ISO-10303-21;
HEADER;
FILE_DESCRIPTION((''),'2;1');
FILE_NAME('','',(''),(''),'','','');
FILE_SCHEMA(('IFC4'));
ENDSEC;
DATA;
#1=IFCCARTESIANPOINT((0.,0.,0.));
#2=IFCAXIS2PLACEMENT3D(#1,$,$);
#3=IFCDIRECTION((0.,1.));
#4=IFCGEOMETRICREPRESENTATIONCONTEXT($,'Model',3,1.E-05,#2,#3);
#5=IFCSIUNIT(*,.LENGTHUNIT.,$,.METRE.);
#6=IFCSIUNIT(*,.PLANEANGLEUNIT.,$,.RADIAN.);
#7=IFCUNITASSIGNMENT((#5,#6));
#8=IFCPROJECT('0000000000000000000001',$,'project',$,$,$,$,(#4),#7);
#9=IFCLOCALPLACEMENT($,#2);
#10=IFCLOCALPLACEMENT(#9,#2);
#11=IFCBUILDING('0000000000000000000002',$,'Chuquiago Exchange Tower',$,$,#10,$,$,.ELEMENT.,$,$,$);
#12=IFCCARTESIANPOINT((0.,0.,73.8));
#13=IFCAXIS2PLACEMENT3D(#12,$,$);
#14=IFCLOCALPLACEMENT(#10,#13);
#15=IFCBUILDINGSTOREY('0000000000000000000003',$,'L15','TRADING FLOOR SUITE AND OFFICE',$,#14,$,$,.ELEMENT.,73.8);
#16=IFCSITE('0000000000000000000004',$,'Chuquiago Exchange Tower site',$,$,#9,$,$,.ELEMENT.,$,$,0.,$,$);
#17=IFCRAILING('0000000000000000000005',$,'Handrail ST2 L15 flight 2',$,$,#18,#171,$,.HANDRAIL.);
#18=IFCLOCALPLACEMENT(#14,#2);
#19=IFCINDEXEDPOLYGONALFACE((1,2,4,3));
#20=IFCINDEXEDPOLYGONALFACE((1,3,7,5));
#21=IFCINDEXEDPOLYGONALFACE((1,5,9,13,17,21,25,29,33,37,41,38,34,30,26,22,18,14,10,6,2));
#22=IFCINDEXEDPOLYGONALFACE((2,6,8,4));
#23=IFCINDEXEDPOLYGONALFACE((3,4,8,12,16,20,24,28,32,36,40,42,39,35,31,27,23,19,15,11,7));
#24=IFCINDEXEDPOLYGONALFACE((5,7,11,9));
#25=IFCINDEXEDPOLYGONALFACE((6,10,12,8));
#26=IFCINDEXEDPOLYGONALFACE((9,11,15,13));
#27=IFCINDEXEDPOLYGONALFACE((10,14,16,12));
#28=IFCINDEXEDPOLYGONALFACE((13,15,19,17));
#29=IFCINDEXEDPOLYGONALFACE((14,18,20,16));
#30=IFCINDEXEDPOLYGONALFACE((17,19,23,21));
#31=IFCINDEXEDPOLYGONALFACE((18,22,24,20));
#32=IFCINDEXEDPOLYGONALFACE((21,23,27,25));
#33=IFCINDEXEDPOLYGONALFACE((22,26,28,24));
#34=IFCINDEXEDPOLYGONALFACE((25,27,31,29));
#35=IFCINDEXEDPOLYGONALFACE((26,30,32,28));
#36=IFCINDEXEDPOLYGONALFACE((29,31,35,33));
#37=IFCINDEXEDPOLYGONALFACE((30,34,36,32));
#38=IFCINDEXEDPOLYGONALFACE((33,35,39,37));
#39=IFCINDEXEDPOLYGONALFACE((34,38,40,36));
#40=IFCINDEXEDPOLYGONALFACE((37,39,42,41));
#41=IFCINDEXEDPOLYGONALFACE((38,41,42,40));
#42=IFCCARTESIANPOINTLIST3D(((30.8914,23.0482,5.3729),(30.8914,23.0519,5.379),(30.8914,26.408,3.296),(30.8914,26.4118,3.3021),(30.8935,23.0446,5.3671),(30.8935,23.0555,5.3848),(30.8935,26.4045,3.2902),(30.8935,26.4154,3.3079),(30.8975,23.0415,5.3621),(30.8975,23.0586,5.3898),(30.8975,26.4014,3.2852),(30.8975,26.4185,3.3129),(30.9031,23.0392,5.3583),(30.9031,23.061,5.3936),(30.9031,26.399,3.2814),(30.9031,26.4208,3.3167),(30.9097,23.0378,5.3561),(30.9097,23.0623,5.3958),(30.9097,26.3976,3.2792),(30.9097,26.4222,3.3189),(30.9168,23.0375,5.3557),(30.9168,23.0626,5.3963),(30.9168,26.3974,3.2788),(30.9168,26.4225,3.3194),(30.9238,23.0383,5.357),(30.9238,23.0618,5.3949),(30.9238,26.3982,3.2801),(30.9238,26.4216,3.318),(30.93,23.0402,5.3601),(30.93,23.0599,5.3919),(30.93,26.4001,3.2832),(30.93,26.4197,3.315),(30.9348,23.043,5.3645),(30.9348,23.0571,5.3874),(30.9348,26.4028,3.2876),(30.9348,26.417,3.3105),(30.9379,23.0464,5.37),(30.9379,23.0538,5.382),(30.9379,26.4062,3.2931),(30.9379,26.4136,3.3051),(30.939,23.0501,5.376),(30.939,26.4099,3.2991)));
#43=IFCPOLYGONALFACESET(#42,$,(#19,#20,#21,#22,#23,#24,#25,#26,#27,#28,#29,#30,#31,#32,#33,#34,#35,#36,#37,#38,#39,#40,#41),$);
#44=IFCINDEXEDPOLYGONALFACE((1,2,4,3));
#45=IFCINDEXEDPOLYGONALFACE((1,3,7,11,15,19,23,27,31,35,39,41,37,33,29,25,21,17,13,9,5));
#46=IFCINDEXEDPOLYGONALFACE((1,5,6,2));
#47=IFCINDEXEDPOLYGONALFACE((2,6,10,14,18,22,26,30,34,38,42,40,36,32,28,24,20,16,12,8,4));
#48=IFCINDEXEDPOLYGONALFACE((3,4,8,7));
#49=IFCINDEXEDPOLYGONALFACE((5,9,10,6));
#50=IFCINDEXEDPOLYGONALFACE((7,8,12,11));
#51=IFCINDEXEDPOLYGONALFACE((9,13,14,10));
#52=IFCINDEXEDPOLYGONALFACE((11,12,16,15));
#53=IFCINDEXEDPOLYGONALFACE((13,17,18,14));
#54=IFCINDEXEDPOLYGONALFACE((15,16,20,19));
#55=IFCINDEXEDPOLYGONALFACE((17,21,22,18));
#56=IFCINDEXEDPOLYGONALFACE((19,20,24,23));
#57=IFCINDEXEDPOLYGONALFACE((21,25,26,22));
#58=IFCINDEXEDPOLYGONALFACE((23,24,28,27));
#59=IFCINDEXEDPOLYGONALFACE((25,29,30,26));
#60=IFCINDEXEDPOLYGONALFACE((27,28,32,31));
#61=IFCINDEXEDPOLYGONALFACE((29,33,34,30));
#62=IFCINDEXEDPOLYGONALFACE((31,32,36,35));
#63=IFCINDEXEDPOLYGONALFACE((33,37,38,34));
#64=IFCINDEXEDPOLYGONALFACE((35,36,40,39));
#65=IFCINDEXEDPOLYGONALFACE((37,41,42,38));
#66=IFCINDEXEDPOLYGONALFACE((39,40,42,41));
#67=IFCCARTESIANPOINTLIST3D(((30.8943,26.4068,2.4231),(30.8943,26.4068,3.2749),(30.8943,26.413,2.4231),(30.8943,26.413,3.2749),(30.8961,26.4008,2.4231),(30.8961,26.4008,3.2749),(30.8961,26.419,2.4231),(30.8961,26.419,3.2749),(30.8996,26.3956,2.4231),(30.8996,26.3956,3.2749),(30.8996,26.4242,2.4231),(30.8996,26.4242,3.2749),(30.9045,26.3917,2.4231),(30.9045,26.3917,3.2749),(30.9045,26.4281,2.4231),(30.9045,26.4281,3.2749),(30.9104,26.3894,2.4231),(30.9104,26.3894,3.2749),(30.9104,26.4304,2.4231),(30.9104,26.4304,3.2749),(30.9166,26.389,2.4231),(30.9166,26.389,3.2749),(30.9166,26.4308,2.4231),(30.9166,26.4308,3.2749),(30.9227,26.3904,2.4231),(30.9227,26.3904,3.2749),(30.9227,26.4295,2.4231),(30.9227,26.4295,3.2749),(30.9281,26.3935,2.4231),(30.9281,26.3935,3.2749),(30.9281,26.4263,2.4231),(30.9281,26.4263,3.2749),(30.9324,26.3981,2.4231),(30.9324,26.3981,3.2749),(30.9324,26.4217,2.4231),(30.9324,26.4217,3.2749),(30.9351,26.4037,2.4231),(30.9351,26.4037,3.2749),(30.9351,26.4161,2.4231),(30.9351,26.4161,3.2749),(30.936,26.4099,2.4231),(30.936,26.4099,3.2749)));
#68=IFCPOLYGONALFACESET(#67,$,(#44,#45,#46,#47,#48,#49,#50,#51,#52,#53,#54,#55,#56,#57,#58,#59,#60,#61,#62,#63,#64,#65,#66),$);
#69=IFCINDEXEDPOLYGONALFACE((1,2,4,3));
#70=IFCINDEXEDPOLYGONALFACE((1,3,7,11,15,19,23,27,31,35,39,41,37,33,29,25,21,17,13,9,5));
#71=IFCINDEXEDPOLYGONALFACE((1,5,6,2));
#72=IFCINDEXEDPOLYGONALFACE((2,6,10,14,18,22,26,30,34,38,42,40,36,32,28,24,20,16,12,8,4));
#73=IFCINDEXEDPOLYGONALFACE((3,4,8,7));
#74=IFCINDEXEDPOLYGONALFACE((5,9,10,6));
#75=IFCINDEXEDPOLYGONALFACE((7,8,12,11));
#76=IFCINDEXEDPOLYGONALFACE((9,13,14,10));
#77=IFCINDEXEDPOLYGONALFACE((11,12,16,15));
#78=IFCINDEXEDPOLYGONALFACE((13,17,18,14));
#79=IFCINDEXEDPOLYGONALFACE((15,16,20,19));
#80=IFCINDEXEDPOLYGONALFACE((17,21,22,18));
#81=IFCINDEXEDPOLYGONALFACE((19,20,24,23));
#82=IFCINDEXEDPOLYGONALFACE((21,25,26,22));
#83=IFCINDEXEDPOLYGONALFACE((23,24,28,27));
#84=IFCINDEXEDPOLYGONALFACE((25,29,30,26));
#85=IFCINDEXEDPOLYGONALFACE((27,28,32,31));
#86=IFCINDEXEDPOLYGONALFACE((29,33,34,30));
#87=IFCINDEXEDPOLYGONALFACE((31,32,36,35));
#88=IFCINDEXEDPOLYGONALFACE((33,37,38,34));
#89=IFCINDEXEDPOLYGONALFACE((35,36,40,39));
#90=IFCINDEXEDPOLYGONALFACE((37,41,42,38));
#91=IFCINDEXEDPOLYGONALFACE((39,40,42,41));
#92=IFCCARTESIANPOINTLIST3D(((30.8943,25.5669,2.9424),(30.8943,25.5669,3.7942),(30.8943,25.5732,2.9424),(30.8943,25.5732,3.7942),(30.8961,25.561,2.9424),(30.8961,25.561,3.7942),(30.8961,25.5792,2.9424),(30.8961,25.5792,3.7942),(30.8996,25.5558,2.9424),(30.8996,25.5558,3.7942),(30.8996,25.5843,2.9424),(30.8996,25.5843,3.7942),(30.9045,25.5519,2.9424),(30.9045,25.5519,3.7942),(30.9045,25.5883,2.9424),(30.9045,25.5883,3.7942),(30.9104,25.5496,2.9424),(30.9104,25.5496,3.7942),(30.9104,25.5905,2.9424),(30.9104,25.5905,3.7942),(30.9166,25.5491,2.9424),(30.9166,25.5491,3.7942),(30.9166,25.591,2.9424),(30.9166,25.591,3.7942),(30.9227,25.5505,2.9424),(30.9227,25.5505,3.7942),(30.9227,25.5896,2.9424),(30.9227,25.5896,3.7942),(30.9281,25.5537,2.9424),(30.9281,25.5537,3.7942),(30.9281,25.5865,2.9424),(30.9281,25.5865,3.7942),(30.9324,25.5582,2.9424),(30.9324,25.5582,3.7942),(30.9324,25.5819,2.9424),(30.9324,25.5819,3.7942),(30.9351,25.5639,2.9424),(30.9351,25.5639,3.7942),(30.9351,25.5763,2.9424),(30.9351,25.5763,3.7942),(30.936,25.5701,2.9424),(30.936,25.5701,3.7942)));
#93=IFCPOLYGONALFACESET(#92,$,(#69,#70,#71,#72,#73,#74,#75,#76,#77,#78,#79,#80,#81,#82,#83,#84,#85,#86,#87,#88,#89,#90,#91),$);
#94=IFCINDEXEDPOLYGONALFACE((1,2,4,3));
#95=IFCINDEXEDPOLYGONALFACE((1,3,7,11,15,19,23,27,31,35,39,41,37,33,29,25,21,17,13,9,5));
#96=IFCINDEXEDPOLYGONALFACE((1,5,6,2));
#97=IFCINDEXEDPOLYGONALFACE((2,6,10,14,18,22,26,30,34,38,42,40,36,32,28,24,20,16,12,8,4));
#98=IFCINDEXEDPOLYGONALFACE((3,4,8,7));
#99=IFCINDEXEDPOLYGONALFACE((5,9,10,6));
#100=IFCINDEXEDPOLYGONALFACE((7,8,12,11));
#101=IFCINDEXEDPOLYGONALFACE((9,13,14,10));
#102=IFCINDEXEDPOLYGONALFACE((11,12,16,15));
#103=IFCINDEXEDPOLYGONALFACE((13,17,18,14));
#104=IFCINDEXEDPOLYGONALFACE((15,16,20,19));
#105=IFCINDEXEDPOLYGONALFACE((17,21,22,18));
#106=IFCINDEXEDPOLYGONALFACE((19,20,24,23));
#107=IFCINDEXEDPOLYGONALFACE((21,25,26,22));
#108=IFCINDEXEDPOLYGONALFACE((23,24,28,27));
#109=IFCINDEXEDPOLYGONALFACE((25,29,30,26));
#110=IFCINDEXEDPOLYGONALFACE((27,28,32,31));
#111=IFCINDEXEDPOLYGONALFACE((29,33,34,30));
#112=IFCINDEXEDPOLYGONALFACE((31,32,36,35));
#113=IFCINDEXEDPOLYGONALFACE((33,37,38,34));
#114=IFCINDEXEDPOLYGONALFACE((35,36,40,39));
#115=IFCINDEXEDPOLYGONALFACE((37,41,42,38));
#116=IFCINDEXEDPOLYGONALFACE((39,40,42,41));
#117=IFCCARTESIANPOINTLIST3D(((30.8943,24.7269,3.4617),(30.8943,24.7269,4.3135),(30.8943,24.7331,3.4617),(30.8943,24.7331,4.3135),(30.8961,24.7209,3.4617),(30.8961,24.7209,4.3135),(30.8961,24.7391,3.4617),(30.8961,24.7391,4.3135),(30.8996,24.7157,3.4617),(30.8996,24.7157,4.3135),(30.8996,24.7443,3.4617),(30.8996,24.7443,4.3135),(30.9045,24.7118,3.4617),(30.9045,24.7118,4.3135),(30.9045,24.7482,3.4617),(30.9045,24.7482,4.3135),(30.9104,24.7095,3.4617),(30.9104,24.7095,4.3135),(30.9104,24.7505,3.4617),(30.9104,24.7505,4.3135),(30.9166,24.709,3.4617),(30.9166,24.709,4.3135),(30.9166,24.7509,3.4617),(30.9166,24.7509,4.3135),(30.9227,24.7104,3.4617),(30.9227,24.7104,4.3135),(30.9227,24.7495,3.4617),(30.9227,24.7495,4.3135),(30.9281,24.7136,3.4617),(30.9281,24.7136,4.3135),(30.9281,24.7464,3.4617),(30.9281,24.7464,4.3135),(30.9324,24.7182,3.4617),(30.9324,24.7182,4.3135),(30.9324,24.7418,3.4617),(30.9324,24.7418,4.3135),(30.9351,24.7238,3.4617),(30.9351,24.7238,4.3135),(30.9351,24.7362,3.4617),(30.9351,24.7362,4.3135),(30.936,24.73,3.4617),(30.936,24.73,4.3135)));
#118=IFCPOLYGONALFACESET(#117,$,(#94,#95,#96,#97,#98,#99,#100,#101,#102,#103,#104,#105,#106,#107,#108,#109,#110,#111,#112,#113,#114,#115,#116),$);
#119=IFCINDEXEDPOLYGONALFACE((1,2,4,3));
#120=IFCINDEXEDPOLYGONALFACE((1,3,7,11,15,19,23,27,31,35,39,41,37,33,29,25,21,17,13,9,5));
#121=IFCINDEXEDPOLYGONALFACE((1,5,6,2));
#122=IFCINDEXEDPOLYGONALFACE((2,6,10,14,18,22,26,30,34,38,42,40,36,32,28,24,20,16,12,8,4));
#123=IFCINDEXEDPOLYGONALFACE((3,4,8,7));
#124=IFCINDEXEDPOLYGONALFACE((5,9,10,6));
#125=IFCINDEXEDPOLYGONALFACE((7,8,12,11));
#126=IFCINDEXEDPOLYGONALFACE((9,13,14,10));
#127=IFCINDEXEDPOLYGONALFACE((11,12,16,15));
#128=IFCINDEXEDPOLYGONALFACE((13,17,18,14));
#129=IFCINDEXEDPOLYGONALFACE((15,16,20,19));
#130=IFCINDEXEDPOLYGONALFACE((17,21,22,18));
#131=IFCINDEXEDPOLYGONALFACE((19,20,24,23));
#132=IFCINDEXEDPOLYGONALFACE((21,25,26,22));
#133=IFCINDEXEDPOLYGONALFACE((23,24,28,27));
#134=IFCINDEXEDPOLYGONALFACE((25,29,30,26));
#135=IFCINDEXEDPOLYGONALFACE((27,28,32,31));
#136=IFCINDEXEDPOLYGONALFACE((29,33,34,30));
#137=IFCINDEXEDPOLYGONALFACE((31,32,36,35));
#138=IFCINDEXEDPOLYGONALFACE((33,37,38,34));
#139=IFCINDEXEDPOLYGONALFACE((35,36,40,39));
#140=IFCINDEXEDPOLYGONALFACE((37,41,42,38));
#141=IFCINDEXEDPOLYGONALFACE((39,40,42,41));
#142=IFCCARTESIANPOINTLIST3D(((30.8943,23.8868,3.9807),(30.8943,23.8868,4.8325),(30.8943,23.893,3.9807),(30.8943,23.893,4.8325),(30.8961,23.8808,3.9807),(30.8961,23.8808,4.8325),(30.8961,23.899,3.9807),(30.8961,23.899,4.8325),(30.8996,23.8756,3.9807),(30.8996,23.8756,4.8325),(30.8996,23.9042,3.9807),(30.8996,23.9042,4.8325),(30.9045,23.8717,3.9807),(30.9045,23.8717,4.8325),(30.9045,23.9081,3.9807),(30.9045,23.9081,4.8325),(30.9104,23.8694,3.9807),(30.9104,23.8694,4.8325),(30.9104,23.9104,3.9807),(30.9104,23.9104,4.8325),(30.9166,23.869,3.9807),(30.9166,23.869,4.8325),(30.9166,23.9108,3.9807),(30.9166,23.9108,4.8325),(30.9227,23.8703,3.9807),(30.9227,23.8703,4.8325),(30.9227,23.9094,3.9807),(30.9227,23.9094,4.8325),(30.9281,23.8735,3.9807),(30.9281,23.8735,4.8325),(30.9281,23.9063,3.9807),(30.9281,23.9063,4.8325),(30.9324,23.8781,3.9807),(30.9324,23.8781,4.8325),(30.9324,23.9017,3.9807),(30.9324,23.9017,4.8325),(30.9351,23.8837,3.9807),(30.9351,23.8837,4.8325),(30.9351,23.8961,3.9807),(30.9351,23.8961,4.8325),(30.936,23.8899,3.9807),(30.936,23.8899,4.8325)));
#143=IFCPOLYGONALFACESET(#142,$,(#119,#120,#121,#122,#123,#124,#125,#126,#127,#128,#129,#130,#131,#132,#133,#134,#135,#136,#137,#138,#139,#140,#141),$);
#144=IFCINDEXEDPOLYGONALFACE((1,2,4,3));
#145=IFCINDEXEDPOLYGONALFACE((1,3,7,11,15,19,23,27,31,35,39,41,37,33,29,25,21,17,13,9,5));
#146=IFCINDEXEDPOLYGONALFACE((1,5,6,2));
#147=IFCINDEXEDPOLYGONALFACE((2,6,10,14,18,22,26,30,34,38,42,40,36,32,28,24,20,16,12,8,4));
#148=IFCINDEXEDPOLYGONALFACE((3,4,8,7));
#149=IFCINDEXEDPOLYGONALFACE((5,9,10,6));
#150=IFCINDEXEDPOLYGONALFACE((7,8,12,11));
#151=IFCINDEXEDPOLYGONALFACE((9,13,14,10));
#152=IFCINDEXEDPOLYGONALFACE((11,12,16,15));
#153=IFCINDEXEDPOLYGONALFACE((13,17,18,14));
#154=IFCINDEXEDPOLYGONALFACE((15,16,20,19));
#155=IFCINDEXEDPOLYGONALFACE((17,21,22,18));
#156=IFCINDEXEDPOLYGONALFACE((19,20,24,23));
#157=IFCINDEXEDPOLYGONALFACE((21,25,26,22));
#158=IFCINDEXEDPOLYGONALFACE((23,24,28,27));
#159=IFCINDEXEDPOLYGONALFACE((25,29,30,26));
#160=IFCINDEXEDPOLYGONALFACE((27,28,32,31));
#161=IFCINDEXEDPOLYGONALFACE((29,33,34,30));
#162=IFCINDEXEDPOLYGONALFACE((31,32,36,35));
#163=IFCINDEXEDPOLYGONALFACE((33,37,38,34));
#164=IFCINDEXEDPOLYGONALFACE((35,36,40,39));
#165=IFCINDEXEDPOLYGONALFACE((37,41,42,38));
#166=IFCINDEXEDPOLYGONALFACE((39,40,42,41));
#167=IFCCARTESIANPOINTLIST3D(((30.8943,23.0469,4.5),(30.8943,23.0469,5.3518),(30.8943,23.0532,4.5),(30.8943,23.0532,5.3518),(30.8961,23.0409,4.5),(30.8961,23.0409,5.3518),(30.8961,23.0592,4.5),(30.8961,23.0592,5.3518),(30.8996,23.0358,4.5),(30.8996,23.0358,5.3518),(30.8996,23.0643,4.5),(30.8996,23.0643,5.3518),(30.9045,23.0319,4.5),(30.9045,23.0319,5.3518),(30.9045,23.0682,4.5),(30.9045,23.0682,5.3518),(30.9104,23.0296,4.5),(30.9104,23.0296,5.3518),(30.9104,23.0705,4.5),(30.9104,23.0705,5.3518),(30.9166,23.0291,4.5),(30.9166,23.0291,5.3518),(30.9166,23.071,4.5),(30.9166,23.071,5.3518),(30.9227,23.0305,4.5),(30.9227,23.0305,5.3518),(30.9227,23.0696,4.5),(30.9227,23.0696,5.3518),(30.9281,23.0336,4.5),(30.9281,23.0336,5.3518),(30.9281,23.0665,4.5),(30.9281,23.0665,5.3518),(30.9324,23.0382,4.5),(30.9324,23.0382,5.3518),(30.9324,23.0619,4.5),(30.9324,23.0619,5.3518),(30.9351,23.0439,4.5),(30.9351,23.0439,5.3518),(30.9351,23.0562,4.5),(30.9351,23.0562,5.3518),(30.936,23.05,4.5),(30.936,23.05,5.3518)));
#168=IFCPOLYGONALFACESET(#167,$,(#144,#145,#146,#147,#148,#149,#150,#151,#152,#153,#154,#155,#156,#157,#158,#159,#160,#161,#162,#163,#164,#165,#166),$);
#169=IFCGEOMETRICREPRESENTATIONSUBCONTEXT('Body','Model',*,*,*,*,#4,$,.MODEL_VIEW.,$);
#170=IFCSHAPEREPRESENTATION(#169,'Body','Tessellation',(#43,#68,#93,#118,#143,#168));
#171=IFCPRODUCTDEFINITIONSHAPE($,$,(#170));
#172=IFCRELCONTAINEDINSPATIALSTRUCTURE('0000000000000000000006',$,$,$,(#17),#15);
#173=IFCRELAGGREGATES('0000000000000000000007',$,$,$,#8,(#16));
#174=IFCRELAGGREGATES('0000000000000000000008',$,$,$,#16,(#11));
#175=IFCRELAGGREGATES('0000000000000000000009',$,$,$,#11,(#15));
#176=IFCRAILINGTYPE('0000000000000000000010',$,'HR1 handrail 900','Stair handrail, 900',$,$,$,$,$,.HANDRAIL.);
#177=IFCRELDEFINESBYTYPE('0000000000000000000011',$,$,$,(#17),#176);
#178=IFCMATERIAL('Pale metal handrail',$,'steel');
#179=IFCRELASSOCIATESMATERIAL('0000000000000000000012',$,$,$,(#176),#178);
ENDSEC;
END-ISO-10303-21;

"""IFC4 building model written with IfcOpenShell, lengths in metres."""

from ifc_helpers import new_model, si_unit, direction, frame, origin, origin_2d, place, context, subcontext, project, spatial, circle, extrude, material, type_object, element, save


model = new_model("IFC4")

# Units and contexts
model_context = context("Model", 3, precision=1e-05, world=origin(), true_north=direction((0.0, 1.0)))
body_context = subcontext(model_context, "Body", "Model", "MODEL_VIEW")
ifc_project = project(units=[si_unit("LENGTHUNIT", "METRE"), si_unit("PLANEANGLEUNIT", "RADIAN")], contexts=[model_context])

# Site, building, storey
site_placement = place(None, origin())
site = spatial("IfcSite", under=ifc_project, at=site_placement, Name="Chuquiago Exchange Tower site", CompositionType="ELEMENT", RefElevation=0.0)
building_placement = place(site_placement, origin())
building = spatial("IfcBuilding", under=site, at=building_placement, Name="Chuquiago Exchange Tower", CompositionType="ELEMENT")
storey_placement = place(building_placement, frame((0.0, 0.0, 73.8)))
storey = spatial("IfcBuildingStorey", under=building, at=storey_placement, Name="L15", Description="TRADING FLOOR SUITE AND OFFICE", CompositionType="ELEMENT", Elevation=73.8)

# Railing
ifc_material_1 = material(Name="Pale metal handrail", Category="steel")
railing_type_1 = type_object("IfcRailingType", Name="HR1 handrail 900", Description="Stair handrail, 900", PredefinedType="HANDRAIL", material=ifc_material_1)
for number, where, name in (
    (1, (30.915, 26.4099, 2.4231), "Handrail ST2 L15 flight 2"),
):
    element("IfcRailing", number, at=place(storey_placement, frame(where)), inside=storey, type_object=railing_type_1, Name=name, PredefinedType="HANDRAIL", context=body_context, shape_type="SweptSolid", body=[
        extrude(circle(Radius=0.0239, at=origin_2d()), frame((0.0, 0.0, 0.876), z_axis=(0.0, -0.850606, 0.525803), x_axis=(1.0, 0.0, 0.0)), (0.0, 0.0, 1.0), 3.95),
        extrude(circle(Radius=0.021, at=origin_2d()), origin(), (0.0, 0.0, 1.0), 0.8518),
        extrude(circle(Radius=0.021, at=origin_2d()), frame((0.0, -0.8398, 0.5193)), (0.0, 0.0, 1.0), 0.8518),
        extrude(circle(Radius=0.021, at=origin_2d()), frame((0.0, -1.6799, 1.0386)), (0.0, 0.0, 1.0), 0.8518),
        extrude(circle(Radius=0.021, at=origin_2d()), frame((0.0, -2.52, 1.5576)), (0.0, 0.0, 1.0), 0.8518),
        extrude(circle(Radius=0.021, at=origin_2d()), frame((0.0, -3.3599, 2.0769)), (0.0, 0.0, 1.0), 0.8518),
    ])

save(model, "model.ifc")
